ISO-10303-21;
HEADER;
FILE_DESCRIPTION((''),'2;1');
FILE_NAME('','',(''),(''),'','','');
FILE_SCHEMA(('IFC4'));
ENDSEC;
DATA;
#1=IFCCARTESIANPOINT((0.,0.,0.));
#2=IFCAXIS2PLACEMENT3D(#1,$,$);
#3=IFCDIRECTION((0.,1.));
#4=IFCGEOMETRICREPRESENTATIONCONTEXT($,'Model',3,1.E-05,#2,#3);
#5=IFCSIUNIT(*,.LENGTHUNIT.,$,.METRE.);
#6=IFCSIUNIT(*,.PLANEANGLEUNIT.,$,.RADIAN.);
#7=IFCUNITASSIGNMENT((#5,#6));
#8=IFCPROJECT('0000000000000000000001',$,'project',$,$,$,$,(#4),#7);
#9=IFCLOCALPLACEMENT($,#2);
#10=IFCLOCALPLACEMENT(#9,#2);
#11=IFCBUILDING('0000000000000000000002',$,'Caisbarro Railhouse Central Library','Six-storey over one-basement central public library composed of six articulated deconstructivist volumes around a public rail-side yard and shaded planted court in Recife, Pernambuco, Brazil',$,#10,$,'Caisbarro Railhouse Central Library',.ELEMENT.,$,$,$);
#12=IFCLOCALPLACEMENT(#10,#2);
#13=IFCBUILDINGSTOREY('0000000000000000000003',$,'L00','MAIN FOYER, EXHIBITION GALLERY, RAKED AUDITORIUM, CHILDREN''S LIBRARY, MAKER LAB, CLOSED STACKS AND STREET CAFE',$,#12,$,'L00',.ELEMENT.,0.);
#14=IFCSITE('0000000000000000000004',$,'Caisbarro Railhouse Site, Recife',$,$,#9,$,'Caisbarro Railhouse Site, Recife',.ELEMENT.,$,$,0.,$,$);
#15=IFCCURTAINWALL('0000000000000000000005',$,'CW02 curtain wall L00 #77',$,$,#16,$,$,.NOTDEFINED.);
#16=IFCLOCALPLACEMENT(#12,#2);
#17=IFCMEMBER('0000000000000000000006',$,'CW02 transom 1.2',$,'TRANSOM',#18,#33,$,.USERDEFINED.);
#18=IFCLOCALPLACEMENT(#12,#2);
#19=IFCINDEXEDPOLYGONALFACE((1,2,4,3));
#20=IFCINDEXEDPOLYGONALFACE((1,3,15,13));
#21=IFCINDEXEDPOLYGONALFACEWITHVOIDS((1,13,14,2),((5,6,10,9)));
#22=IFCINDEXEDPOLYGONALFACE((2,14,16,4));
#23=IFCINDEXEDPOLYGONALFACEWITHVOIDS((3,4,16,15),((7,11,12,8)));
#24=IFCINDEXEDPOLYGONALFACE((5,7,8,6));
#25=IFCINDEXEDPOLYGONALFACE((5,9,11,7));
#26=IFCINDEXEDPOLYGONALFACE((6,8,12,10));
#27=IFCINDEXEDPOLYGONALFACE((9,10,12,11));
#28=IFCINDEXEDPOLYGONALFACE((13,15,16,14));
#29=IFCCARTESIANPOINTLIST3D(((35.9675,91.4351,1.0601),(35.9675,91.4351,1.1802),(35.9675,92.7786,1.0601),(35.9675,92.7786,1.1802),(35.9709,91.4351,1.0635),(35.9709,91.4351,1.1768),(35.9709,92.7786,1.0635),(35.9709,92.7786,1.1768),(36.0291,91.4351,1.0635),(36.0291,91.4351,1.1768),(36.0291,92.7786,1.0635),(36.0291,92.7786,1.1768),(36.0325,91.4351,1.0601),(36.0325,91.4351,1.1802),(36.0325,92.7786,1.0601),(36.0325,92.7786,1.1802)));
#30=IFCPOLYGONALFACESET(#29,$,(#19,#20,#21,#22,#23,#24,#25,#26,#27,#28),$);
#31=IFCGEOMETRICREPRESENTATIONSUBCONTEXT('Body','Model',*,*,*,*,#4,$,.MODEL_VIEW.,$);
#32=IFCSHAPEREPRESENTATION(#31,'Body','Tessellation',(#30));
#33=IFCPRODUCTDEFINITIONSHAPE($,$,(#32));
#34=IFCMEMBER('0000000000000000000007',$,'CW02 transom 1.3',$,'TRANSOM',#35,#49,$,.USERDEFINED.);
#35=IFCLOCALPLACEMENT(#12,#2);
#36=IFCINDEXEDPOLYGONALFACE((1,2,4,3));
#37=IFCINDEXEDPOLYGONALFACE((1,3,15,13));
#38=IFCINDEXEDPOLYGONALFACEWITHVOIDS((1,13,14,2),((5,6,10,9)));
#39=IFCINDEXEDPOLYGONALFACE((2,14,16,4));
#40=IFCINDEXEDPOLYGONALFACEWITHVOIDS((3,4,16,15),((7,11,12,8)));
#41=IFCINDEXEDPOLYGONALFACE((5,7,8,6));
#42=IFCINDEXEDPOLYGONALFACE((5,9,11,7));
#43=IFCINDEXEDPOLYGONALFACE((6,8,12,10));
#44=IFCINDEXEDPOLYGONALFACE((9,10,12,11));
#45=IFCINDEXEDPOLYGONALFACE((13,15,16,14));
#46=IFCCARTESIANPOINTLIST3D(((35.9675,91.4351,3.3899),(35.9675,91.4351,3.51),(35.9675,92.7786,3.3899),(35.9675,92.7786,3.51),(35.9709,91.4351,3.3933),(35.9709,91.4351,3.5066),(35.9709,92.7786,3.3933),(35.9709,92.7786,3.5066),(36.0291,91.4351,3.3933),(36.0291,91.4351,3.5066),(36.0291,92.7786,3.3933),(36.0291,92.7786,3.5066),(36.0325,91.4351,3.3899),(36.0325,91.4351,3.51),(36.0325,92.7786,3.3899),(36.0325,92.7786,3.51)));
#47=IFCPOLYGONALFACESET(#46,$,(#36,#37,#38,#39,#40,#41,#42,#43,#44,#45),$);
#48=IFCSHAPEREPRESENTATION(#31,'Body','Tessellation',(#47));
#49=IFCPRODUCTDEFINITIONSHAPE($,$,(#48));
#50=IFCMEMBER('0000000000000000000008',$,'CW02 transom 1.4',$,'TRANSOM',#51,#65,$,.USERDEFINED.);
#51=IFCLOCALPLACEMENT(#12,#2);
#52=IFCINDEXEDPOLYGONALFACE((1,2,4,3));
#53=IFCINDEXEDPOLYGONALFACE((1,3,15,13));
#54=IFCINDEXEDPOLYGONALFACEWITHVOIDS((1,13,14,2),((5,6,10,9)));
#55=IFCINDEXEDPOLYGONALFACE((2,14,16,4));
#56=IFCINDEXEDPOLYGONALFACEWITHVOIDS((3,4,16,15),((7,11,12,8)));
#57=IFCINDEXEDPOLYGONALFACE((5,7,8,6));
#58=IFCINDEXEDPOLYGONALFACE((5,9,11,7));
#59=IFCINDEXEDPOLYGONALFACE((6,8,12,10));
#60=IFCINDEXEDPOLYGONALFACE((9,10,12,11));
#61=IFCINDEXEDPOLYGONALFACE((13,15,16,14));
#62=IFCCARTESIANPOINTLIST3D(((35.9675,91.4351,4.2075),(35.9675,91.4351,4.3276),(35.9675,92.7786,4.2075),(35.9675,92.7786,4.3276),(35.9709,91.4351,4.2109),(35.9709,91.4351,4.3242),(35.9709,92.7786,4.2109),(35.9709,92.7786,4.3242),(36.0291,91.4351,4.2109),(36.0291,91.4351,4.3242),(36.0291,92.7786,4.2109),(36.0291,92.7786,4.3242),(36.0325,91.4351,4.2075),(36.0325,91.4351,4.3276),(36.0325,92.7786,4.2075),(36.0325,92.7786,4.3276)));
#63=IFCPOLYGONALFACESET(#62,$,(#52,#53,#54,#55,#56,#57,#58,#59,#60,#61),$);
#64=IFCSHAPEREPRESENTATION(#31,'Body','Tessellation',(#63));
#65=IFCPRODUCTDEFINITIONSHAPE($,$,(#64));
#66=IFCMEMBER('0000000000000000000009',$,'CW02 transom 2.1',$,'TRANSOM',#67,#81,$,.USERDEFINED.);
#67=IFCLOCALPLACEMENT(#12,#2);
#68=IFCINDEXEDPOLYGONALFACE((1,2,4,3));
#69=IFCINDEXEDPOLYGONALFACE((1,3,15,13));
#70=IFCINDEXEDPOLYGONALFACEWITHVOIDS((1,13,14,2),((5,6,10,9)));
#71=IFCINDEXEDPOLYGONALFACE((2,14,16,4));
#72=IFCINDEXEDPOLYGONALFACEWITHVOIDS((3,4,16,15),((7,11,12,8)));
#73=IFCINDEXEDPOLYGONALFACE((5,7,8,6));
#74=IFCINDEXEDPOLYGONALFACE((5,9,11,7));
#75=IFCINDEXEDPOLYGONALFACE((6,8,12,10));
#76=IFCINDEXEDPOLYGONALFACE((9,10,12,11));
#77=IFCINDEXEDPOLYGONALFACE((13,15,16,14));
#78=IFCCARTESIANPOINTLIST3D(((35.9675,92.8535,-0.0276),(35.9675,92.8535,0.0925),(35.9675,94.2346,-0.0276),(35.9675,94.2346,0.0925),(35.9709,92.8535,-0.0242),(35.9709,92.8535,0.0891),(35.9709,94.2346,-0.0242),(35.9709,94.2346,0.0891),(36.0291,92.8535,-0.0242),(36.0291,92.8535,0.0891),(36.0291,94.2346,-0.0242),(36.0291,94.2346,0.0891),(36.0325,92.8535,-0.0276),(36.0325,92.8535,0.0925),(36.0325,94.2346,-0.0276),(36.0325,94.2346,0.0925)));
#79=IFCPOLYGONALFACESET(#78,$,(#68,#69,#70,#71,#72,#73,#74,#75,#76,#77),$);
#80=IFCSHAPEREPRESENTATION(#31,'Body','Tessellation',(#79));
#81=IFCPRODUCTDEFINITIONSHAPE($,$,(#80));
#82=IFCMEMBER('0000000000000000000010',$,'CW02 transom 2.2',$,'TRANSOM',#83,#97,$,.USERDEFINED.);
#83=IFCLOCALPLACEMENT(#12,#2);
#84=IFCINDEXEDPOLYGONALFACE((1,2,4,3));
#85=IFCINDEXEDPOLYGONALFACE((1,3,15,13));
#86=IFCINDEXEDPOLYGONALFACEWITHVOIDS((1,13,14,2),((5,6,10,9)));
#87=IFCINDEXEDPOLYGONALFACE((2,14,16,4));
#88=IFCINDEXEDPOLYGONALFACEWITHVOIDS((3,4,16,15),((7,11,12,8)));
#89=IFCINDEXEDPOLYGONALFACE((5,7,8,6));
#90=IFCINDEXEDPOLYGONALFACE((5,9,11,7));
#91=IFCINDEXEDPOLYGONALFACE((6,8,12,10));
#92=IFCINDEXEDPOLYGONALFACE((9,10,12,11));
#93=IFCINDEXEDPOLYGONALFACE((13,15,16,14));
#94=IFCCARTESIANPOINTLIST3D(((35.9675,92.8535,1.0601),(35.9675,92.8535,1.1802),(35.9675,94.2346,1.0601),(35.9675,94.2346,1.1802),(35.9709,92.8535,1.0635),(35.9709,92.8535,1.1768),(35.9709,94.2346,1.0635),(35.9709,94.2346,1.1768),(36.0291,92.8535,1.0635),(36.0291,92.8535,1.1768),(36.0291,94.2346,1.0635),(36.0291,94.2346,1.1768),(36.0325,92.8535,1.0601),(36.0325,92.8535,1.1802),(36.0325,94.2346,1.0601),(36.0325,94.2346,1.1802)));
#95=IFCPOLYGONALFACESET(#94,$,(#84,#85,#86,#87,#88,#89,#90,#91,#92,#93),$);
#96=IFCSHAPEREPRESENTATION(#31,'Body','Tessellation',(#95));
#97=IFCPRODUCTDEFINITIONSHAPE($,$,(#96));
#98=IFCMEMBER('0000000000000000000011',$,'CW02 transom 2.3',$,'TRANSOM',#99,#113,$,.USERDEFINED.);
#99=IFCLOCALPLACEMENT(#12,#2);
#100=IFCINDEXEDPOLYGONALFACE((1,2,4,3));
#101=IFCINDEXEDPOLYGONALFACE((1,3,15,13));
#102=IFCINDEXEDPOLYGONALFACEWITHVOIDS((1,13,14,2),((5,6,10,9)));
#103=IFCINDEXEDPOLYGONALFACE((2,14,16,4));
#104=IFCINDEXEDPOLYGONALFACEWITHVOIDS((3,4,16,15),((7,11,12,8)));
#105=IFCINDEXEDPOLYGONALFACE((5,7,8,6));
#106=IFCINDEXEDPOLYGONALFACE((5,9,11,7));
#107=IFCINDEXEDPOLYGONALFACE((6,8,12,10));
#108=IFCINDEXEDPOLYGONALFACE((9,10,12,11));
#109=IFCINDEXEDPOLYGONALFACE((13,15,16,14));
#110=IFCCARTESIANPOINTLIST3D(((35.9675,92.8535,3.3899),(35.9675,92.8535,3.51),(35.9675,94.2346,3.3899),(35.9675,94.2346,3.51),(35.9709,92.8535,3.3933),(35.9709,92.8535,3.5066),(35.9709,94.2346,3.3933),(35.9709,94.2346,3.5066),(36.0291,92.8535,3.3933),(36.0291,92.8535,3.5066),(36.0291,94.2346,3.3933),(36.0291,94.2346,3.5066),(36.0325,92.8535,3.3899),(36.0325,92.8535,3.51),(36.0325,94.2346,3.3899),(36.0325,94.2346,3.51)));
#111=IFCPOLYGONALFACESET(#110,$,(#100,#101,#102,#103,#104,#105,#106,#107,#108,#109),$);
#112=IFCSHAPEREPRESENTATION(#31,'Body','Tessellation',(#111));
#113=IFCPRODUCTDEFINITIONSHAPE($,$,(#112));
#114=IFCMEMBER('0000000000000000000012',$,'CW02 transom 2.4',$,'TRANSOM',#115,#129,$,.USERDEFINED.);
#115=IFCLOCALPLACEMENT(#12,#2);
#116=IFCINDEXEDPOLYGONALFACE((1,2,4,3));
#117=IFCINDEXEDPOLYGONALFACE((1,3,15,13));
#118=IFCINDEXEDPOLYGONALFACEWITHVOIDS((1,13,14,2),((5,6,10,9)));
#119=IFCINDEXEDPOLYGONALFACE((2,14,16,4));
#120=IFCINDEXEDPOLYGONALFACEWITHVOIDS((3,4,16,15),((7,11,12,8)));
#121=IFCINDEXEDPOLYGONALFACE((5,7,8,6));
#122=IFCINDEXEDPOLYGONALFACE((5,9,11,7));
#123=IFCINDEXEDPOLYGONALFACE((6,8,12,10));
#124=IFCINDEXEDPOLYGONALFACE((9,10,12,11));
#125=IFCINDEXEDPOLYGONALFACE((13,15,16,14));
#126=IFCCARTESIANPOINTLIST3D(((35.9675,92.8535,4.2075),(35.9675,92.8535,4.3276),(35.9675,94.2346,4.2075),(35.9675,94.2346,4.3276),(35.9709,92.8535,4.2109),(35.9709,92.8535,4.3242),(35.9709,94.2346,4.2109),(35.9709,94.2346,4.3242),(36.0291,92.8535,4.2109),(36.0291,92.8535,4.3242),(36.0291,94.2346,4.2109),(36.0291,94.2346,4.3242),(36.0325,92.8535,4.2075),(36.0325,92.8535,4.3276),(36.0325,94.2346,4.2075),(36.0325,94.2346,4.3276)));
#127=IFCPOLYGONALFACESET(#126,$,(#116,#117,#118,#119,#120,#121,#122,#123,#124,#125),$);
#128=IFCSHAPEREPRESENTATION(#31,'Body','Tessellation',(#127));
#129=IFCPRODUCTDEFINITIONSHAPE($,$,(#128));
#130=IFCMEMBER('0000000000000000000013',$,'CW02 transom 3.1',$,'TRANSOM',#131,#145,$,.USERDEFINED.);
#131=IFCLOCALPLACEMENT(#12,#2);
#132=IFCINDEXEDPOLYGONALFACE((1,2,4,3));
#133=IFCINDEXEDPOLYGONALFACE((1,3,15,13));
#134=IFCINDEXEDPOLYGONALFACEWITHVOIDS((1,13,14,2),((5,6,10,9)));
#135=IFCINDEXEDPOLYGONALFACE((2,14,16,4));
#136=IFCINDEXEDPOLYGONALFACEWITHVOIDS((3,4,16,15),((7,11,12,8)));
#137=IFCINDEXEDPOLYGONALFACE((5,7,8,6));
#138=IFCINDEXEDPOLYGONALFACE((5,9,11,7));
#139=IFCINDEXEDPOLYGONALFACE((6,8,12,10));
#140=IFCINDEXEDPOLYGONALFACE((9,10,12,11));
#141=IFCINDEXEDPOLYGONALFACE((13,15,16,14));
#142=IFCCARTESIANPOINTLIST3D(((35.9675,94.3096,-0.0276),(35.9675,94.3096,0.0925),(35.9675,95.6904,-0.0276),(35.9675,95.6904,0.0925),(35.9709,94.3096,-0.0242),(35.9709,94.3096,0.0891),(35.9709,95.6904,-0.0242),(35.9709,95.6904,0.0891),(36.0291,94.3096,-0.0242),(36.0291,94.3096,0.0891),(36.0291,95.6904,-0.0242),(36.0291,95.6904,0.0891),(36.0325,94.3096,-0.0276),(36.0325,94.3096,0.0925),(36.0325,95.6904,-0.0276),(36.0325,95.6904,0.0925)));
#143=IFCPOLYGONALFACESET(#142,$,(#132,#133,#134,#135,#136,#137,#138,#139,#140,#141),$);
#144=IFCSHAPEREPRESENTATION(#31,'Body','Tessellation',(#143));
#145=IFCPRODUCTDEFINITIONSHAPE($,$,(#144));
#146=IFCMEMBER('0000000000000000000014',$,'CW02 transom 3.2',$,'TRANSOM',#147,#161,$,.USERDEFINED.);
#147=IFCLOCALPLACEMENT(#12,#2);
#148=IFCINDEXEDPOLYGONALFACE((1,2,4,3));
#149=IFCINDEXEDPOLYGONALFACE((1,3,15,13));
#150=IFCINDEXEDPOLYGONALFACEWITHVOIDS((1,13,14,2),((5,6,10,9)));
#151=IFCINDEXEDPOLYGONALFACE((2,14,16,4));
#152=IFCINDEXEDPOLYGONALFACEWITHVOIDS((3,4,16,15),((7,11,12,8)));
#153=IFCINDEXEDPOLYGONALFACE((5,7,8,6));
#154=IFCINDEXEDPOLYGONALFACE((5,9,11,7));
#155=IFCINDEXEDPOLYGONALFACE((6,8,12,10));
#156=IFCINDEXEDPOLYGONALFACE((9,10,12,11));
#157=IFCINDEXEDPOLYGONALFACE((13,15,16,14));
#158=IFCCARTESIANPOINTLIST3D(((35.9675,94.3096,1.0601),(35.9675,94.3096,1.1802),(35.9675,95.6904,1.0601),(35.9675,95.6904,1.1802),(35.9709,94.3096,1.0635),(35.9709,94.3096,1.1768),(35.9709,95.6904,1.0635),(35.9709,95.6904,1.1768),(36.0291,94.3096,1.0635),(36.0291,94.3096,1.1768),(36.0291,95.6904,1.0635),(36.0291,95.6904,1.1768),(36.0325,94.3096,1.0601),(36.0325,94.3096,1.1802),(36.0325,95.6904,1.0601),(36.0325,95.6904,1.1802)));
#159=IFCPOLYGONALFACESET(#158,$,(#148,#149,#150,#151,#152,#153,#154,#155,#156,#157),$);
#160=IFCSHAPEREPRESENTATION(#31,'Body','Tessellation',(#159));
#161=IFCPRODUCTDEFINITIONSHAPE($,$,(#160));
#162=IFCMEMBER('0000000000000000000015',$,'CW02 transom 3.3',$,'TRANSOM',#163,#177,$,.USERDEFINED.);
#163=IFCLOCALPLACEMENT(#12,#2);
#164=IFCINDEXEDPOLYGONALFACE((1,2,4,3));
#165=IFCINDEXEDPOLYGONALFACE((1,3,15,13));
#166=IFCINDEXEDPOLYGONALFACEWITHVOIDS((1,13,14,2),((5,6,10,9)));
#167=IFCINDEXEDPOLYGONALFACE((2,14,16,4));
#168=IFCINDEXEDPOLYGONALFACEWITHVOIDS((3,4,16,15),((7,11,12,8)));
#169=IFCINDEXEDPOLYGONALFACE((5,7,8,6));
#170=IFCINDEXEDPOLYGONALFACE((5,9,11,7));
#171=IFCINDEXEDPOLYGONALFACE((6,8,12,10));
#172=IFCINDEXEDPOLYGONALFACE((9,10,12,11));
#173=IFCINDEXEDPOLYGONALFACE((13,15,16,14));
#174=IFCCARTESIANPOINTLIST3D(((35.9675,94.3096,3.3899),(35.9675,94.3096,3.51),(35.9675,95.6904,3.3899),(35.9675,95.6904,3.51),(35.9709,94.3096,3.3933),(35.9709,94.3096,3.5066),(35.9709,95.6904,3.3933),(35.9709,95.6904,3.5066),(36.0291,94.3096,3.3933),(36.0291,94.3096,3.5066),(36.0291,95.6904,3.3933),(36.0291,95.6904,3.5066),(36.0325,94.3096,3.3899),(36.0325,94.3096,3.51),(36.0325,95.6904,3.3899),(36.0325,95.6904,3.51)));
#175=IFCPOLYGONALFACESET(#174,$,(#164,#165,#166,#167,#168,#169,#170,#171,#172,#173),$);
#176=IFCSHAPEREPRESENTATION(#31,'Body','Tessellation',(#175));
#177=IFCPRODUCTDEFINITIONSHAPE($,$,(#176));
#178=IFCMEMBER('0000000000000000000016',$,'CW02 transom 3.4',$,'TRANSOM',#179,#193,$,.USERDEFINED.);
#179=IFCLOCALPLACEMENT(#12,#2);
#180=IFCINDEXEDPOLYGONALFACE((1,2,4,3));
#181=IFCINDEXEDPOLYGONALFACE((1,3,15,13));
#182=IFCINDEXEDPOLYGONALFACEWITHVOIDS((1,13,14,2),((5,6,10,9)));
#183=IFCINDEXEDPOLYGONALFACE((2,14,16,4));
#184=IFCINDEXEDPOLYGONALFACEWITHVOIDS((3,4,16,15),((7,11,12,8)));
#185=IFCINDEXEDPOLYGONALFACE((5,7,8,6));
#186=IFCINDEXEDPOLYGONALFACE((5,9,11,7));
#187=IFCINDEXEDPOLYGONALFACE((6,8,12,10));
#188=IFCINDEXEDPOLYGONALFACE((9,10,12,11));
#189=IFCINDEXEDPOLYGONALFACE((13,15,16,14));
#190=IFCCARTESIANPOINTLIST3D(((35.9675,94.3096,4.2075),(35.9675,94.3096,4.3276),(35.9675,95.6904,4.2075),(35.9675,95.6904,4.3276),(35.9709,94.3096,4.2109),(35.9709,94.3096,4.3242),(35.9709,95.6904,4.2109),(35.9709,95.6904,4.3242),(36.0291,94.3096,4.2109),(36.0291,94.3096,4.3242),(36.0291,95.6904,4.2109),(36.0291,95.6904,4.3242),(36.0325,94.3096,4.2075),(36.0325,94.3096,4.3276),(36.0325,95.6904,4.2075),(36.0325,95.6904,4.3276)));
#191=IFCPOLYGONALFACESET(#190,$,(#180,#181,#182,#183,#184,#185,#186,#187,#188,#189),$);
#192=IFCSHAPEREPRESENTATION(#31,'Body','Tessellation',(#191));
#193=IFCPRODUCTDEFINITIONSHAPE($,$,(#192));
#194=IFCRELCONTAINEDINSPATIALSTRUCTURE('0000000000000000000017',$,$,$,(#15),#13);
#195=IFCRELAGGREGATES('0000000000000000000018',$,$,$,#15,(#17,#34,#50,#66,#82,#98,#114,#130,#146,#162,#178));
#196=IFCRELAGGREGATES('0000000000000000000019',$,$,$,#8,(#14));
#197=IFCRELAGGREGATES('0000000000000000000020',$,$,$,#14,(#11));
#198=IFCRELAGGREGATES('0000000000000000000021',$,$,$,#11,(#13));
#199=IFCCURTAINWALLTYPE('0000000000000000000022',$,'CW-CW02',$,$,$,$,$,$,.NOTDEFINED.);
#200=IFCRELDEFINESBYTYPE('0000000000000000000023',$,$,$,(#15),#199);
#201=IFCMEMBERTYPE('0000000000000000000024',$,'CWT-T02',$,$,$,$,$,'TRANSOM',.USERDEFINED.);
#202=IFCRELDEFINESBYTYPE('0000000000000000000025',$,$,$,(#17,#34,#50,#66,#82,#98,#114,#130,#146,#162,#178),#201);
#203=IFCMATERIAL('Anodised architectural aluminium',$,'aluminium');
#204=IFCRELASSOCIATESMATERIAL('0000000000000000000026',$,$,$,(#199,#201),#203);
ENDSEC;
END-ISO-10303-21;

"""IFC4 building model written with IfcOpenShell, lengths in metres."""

from ifc_helpers import new_model, si_unit, direction, frame, origin, origin_2d, place, context, subcontext, project, spatial, hollow_rectangle, extrude, material, material_profile, profile_set, type_object, element, aggregate, save


model = new_model("IFC4")

# Units and contexts
model_context = context("Model", 3, precision=1e-05, world=origin(), true_north=direction((0.0, 1.0)))
body_context = subcontext(model_context, "Body", "Model", "MODEL_VIEW")
ifc_project = project(units=[si_unit("LENGTHUNIT", "METRE"), si_unit("PLANEANGLEUNIT", "RADIAN")], contexts=[model_context])

# Site, building, storey
site_placement = place(None, origin())
site = spatial("IfcSite", under=ifc_project, at=site_placement, Name="Caisbarro Railhouse Site, Recife", LongName="Caisbarro Railhouse Site, Recife", CompositionType="ELEMENT", RefElevation=0.0)
building_placement = place(site_placement, origin())
building = spatial("IfcBuilding", under=site, at=building_placement, Name="Caisbarro Railhouse Central Library", Description="Six-storey over one-basement central public library composed of six articulated deconstructivist volumes around a public rail-side yard and shaded planted court in Recife, Pernambuco, Brazil", LongName="Caisbarro Railhouse Central Library", CompositionType="ELEMENT")
storey_placement = place(building_placement, origin())
storey = spatial("IfcBuildingStorey", under=building, at=storey_placement, Name="L00", Description="MAIN FOYER, EXHIBITION GALLERY, RAKED AUDITORIUM, CHILDREN'S LIBRARY, MAKER LAB, CLOSED STACKS AND STREET CAFE", LongName="L00", CompositionType="ELEMENT", Elevation=0.0)

# Shared definitions
ifc_material_1 = material(Name="Anodised architectural aluminium", Category="aluminium")
curtain_wall_type = type_object("IfcCurtainWallType", Name="CW-CW02", PredefinedType="NOTDEFINED", material=ifc_material_1)

# Curtain wall, members
curtain_wall_1_placement = place(storey_placement, origin())
curtain_wall_1 = element("IfcCurtainWall", 1, at=curtain_wall_1_placement, inside=storey, type_object=curtain_wall_type, Name="CW02 curtain wall L00 #77", PredefinedType="NOTDEFINED")
ifc_material_profile_1 = material_profile(ifc_material_1, hollow_rectangle(XDim=0.0649, YDim=0.1201, WallThickness=0.0034, at=origin_2d()), Name="ALU-TRN-65X120")
ifc_profile_set_1 = profile_set([ifc_material_profile_1], Name="Anodised architectural aluminium")
member_type_1 = type_object("IfcMemberType", Name="CWT-T02", ElementType="TRANSOM", PredefinedType="USERDEFINED", material=ifc_profile_set_1)
member_1_placement = place(storey_placement, frame((36.0, 91.4351, 1.1201), z_axis=(0.0, 1.0, 0.0), x_axis=(-1.0, 0.0, 0.0)))
member_1 = element("IfcMember", 2, at=member_1_placement, type_object=member_type_1, Name="CW02 transom 1.2", ObjectType="TRANSOM", PredefinedType="USERDEFINED", context=body_context, shape_type="SweptSolid", body=[
    extrude(hollow_rectangle(XDim=0.0649, YDim=0.1201, WallThickness=0.0034, at=origin_2d()), origin(), (0.0, 0.0, 1.0), 1.3435),
])
member_2_placement = place(storey_placement, frame((36.0, 91.4351, 3.45), z_axis=(0.0, 1.0, 0.0), x_axis=(-1.0, 0.0, 0.0)))
member_2 = element("IfcMember", 3, at=member_2_placement, type_object=member_type_1, Name="CW02 transom 1.3", ObjectType="TRANSOM", PredefinedType="USERDEFINED", context=body_context, shape_type="SweptSolid", body=[
    extrude(hollow_rectangle(XDim=0.0649, YDim=0.1201, WallThickness=0.0034, at=origin_2d()), origin(), (0.0, 0.0, 1.0), 1.3435),
])
member_3_placement = place(storey_placement, frame((36.0, 91.4351, 4.2676), z_axis=(0.0, 1.0, 0.0), x_axis=(-1.0, 0.0, 0.0)))
member_3 = element("IfcMember", 4, at=member_3_placement, type_object=member_type_1, Name="CW02 transom 1.4", ObjectType="TRANSOM", PredefinedType="USERDEFINED", context=body_context, shape_type="SweptSolid", body=[
    extrude(hollow_rectangle(XDim=0.0649, YDim=0.1201, WallThickness=0.0034, at=origin_2d()), origin(), (0.0, 0.0, 1.0), 1.3435),
])
member_4_placement = place(storey_placement, frame((36.0, 92.8535, 0.0325), z_axis=(0.0, 1.0, 0.0), x_axis=(-1.0, 0.0, 0.0)))
member_4 = element("IfcMember", 5, at=member_4_placement, type_object=member_type_1, Name="CW02 transom 2.1", ObjectType="TRANSOM", PredefinedType="USERDEFINED", context=body_context, shape_type="SweptSolid", body=[
    extrude(hollow_rectangle(XDim=0.0649, YDim=0.1201, WallThickness=0.0034, at=origin_2d()), origin(), (0.0, 0.0, 1.0), 1.3811),
])
member_5_placement = place(storey_placement, frame((36.0, 92.8535, 1.1201), z_axis=(0.0, 1.0, 0.0), x_axis=(-1.0, 0.0, 0.0)))
member_5 = element("IfcMember", 6, at=member_5_placement, type_object=member_type_1, Name="CW02 transom 2.2", ObjectType="TRANSOM", PredefinedType="USERDEFINED", context=body_context, shape_type="SweptSolid", body=[
    extrude(hollow_rectangle(XDim=0.0649, YDim=0.1201, WallThickness=0.0034, at=origin_2d()), origin(), (0.0, 0.0, 1.0), 1.3811),
])
member_6_placement = place(storey_placement, frame((36.0, 92.8535, 3.45), z_axis=(0.0, 1.0, 0.0), x_axis=(-1.0, 0.0, 0.0)))
member_6 = element("IfcMember", 7, at=member_6_placement, type_object=member_type_1, Name="CW02 transom 2.3", ObjectType="TRANSOM", PredefinedType="USERDEFINED", context=body_context, shape_type="SweptSolid", body=[
    extrude(hollow_rectangle(XDim=0.0649, YDim=0.1201, WallThickness=0.0034, at=origin_2d()), origin(), (0.0, 0.0, 1.0), 1.3811),
])
member_7_placement = place(storey_placement, frame((36.0, 92.8535, 4.2676), z_axis=(0.0, 1.0, 0.0), x_axis=(-1.0, 0.0, 0.0)))
member_7 = element("IfcMember", 8, at=member_7_placement, type_object=member_type_1, Name="CW02 transom 2.4", ObjectType="TRANSOM", PredefinedType="USERDEFINED", context=body_context, shape_type="SweptSolid", body=[
    extrude(hollow_rectangle(XDim=0.0649, YDim=0.1201, WallThickness=0.0034, at=origin_2d()), origin(), (0.0, 0.0, 1.0), 1.3811),
])
member_8_placement = place(storey_placement, frame((36.0, 94.3096, 0.0325), z_axis=(0.0, 1.0, 0.0), x_axis=(-1.0, 0.0, 0.0)))
member_8 = element("IfcMember", 9, at=member_8_placement, type_object=member_type_1, Name="CW02 transom 3.1", ObjectType="TRANSOM", PredefinedType="USERDEFINED", context=body_context, shape_type="SweptSolid", body=[
    extrude(hollow_rectangle(XDim=0.0649, YDim=0.1201, WallThickness=0.0034, at=origin_2d()), origin(), (0.0, 0.0, 1.0), 1.3809),
])
member_9_placement = place(storey_placement, frame((36.0, 94.3096, 1.1201), z_axis=(0.0, 1.0, 0.0), x_axis=(-1.0, 0.0, 0.0)))
member_9 = element("IfcMember", 10, at=member_9_placement, type_object=member_type_1, Name="CW02 transom 3.2", ObjectType="TRANSOM", PredefinedType="USERDEFINED", context=body_context, shape_type="SweptSolid", body=[
    extrude(hollow_rectangle(XDim=0.0649, YDim=0.1201, WallThickness=0.0034, at=origin_2d()), origin(), (0.0, 0.0, 1.0), 1.3809),
])
member_10_placement = place(storey_placement, frame((36.0, 94.3096, 3.45), z_axis=(0.0, 1.0, 0.0), x_axis=(-1.0, 0.0, 0.0)))
member_10 = element("IfcMember", 11, at=member_10_placement, type_object=member_type_1, Name="CW02 transom 3.3", ObjectType="TRANSOM", PredefinedType="USERDEFINED", context=body_context, shape_type="SweptSolid", body=[
    extrude(hollow_rectangle(XDim=0.0649, YDim=0.1201, WallThickness=0.0034, at=origin_2d()), origin(), (0.0, 0.0, 1.0), 1.3809),
])
member_11_placement = place(storey_placement, frame((36.0, 94.3096, 4.2676), z_axis=(0.0, 1.0, 0.0), x_axis=(-1.0, 0.0, 0.0)))
member_11 = element("IfcMember", 12, at=member_11_placement, type_object=member_type_1, Name="CW02 transom 3.4", ObjectType="TRANSOM", PredefinedType="USERDEFINED", context=body_context, shape_type="SweptSolid", body=[
    extrude(hollow_rectangle(XDim=0.0649, YDim=0.1201, WallThickness=0.0034, at=origin_2d()), origin(), (0.0, 0.0, 1.0), 1.3809),
])

aggregate(curtain_wall_1, [member_1, member_2, member_3, member_4, member_5, member_6, member_7, member_8, member_9, member_10, member_11])

save(model, "model.ifc")
